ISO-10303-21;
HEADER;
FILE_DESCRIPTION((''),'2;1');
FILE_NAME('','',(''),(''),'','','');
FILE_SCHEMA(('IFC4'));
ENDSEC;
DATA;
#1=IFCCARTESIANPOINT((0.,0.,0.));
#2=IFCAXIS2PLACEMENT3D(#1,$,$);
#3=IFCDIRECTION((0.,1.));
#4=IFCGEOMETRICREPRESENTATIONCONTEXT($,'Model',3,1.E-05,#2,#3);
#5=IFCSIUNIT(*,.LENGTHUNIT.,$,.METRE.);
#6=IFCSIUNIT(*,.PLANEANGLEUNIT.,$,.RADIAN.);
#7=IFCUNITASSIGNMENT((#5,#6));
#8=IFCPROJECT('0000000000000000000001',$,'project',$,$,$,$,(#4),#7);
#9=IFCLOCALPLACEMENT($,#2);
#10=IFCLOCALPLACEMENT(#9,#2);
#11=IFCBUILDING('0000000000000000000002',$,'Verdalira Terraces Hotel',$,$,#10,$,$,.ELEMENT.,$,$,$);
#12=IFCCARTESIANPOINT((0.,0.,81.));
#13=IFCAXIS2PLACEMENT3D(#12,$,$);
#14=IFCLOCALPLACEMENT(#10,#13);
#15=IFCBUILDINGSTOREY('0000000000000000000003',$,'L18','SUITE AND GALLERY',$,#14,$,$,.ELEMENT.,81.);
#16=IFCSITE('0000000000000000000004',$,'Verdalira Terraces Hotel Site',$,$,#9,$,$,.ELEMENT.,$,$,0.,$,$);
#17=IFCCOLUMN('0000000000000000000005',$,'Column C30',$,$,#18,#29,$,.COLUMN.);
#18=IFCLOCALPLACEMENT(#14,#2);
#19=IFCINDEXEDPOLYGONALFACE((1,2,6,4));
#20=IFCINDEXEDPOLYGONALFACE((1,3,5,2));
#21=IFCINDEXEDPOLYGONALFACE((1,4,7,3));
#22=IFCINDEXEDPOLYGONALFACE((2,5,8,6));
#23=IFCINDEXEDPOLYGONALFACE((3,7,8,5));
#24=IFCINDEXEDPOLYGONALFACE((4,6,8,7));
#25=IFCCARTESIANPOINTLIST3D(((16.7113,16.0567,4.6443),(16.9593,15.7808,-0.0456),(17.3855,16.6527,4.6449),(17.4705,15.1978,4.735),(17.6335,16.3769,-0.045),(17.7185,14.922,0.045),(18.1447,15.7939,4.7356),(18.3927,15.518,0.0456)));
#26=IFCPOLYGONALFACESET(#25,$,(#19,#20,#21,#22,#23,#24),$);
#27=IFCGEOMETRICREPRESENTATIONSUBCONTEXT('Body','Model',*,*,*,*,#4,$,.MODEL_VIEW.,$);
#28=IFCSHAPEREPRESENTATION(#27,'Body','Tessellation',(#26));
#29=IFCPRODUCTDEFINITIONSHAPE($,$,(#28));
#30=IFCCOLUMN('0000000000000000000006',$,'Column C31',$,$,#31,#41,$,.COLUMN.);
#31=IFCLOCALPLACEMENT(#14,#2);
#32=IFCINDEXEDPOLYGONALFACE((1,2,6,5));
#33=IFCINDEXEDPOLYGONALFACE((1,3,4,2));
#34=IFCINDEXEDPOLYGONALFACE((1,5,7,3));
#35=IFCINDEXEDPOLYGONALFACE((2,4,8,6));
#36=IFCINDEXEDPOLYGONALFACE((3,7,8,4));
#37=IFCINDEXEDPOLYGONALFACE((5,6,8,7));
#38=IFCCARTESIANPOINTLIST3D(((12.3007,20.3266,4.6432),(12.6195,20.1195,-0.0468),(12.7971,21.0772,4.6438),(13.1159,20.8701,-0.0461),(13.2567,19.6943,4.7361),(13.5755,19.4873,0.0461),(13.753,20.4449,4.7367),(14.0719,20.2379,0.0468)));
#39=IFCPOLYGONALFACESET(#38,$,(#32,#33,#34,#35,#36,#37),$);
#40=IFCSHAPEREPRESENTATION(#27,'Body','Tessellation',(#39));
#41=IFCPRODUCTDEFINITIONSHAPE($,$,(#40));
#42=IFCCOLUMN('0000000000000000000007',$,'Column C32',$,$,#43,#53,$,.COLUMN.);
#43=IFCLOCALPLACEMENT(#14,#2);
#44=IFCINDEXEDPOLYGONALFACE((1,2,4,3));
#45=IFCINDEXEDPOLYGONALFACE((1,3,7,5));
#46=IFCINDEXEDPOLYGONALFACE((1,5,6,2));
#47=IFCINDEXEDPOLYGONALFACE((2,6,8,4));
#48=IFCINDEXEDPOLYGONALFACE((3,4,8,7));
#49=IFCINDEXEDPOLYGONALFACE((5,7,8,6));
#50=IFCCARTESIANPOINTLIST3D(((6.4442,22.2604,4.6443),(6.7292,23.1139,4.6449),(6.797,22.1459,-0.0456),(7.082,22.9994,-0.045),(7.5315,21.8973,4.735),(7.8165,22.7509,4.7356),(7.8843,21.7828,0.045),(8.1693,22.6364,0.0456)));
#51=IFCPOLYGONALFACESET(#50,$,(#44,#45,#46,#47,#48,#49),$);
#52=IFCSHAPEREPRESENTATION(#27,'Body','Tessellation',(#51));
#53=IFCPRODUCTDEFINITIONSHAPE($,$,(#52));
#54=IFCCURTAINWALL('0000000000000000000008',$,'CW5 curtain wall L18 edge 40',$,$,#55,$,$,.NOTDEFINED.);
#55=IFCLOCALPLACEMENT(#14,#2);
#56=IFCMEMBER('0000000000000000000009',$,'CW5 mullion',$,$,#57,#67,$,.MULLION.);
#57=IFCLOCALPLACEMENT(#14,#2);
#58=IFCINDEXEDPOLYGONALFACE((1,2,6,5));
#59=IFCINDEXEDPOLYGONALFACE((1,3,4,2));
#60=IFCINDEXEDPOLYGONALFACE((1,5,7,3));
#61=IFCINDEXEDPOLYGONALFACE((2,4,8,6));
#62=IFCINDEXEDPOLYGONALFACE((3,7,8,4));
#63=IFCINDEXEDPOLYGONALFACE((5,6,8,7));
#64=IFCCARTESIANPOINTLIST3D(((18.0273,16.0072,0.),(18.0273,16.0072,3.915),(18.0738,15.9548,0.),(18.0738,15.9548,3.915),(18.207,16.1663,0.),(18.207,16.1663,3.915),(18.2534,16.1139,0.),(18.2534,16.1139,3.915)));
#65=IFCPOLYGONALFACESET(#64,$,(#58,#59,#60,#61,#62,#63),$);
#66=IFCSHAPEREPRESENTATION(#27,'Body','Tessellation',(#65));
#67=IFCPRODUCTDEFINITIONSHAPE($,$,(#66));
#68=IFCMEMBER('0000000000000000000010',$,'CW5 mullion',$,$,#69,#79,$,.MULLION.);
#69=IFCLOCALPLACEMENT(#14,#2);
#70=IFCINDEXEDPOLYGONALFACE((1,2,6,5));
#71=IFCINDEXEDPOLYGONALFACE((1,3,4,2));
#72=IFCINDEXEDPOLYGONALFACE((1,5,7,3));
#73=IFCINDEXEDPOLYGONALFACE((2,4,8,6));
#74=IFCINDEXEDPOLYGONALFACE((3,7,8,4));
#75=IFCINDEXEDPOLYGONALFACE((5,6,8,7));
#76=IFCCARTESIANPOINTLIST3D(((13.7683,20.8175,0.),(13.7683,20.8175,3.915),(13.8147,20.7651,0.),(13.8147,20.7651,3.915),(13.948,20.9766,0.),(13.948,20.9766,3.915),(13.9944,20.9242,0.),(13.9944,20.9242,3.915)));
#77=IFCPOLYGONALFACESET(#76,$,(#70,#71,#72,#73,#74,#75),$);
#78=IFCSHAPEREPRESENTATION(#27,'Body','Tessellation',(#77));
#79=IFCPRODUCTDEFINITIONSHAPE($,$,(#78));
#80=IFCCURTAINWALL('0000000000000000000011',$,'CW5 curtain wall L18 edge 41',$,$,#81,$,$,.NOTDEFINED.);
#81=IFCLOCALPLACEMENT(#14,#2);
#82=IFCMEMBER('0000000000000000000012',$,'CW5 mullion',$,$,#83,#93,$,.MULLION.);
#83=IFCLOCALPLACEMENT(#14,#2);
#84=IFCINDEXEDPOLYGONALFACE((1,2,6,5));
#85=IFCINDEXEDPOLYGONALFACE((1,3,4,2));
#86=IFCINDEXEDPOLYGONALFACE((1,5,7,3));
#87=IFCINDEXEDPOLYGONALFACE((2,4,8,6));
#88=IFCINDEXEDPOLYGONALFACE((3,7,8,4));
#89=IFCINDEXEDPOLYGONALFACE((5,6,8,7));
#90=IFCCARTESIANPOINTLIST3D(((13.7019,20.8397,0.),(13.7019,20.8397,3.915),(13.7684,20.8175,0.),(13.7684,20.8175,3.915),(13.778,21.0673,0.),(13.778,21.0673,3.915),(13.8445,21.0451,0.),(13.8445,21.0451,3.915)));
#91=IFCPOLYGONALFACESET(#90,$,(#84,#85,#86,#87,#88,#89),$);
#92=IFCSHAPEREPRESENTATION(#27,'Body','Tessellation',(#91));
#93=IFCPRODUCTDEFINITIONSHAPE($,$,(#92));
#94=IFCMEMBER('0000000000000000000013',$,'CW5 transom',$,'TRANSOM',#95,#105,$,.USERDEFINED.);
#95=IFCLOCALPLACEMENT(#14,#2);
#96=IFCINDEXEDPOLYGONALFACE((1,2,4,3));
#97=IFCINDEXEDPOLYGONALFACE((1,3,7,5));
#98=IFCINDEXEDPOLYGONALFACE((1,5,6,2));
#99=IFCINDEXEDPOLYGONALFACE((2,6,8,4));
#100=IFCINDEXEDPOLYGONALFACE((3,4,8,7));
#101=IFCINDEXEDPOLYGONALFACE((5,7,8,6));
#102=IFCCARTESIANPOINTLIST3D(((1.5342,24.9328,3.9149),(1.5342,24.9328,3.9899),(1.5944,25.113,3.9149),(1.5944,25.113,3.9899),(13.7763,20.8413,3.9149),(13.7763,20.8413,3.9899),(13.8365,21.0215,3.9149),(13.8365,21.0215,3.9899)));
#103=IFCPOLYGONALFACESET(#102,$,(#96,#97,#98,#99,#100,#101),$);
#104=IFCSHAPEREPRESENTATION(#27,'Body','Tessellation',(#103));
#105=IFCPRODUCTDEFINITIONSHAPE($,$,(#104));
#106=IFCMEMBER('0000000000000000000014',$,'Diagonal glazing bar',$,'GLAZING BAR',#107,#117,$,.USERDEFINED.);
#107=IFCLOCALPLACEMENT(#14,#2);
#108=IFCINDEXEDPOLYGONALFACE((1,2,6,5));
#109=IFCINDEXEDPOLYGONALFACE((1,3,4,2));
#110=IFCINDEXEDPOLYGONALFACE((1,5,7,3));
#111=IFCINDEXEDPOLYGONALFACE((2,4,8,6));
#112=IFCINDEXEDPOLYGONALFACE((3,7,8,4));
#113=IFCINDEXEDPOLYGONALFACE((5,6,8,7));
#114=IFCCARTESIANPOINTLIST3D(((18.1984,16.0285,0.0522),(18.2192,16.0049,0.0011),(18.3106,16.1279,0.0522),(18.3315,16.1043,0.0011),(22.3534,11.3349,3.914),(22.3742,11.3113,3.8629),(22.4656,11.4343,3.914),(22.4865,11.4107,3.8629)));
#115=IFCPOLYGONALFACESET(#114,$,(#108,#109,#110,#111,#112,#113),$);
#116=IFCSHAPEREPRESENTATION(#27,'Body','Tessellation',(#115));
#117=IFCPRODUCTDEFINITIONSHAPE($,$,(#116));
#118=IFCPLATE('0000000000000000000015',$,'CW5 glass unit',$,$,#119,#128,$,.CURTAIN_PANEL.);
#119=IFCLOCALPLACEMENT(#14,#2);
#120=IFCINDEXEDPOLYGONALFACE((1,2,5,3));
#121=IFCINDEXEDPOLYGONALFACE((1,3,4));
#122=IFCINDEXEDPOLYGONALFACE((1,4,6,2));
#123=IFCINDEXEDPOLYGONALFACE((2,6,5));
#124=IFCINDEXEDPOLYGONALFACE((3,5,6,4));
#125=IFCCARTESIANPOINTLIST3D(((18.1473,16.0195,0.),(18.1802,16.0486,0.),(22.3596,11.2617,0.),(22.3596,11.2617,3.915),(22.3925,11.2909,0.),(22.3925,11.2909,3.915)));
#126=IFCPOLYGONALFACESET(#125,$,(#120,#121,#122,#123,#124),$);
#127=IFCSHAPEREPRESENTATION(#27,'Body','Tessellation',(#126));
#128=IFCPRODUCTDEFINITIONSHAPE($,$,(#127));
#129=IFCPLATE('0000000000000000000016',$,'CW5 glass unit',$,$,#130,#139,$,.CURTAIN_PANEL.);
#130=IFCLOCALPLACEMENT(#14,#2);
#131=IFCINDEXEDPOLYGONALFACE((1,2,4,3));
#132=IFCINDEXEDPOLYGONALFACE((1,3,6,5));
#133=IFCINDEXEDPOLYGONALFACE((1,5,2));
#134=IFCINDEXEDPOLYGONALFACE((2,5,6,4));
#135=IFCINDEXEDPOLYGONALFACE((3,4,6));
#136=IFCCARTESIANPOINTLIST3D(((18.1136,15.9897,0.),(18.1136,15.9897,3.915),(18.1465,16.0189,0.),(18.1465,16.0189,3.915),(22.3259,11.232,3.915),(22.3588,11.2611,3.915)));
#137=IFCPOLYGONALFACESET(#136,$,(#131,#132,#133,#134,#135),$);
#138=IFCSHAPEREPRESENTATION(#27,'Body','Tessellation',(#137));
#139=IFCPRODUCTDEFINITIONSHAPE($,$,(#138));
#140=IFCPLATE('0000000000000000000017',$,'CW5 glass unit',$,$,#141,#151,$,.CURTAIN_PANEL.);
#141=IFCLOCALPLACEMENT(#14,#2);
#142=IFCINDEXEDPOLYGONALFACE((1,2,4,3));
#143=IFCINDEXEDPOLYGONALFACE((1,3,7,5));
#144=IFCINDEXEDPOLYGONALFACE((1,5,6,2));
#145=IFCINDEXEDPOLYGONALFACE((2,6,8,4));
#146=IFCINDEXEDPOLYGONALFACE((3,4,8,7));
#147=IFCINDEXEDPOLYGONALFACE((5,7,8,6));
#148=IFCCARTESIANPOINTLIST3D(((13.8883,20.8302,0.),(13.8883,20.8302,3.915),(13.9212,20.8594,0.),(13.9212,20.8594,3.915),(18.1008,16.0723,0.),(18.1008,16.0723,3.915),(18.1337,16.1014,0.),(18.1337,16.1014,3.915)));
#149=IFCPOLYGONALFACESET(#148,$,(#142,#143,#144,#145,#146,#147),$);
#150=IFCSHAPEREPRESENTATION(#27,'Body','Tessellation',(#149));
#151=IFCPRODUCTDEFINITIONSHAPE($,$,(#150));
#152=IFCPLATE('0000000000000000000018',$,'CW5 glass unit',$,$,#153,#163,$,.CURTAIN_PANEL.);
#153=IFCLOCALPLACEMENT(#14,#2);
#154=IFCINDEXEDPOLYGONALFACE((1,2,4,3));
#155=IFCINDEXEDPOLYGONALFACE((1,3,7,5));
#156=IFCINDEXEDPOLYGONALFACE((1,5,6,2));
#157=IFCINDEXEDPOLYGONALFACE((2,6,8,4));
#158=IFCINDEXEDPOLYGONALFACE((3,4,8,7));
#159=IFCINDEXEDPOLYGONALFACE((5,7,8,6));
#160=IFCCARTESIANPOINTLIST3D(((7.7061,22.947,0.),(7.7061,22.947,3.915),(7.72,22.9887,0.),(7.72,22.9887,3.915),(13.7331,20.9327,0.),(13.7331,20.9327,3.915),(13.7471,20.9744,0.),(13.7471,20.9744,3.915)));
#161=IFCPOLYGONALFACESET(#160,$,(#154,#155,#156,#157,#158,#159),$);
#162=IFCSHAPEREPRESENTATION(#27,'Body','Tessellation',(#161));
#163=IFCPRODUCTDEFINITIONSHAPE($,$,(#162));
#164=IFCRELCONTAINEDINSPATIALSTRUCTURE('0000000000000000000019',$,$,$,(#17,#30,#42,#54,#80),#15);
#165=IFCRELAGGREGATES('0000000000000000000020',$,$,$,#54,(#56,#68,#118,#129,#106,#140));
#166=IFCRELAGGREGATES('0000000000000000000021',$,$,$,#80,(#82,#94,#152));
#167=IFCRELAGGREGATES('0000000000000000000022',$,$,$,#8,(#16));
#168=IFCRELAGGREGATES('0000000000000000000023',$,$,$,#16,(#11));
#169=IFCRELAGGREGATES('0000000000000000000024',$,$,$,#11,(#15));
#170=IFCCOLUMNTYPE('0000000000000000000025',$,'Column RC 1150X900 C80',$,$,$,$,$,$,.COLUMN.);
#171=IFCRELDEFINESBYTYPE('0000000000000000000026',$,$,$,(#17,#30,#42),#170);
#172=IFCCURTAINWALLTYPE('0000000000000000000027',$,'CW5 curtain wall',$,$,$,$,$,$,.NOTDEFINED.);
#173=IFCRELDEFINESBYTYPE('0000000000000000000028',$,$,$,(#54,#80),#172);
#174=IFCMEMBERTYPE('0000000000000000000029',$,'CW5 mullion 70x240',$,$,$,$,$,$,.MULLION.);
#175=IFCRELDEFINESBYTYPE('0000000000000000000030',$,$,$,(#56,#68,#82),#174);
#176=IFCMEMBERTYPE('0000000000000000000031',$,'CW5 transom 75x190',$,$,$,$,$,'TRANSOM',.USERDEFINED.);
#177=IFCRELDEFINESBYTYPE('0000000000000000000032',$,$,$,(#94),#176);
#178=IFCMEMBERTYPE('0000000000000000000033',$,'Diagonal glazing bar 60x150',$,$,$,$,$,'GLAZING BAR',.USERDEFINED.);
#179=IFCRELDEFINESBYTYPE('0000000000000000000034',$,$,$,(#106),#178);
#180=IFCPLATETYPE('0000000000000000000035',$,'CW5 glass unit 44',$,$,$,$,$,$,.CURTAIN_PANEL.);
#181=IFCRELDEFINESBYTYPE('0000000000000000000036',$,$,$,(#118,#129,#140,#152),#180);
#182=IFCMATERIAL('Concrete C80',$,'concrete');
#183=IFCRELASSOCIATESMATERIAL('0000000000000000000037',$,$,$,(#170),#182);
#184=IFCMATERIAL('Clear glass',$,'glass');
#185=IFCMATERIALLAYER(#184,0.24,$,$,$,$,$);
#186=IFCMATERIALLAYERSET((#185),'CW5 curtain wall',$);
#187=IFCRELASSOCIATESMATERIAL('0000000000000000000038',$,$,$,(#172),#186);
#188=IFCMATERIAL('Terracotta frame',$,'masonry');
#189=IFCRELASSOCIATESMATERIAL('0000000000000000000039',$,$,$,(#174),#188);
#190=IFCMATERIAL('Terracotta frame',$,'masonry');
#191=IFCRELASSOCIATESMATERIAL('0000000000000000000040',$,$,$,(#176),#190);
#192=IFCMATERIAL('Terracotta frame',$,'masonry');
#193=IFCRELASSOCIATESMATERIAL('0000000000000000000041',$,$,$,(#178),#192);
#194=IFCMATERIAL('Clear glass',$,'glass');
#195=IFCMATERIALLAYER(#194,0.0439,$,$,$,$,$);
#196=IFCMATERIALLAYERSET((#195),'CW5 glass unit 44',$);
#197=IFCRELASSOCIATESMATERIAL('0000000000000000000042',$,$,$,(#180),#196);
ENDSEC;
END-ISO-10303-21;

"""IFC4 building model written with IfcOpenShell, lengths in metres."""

from ifc_helpers import new_model, si_unit, direction, frame, origin, origin_2d, place, context, subcontext, project, spatial, polyline, rectangle, outline, extrude, material, layer, layer_set, material_profile, profile_set, type_object, element, aggregate, save


model = new_model("IFC4")

# Units and contexts
model_context = context("Model", 3, precision=1e-05, world=origin(), true_north=direction((0.0, 1.0)))
body_context = subcontext(model_context, "Body", "Model", "MODEL_VIEW")
ifc_project = project(units=[si_unit("LENGTHUNIT", "METRE"), si_unit("PLANEANGLEUNIT", "RADIAN")], contexts=[model_context])

# Site, building, storey
site_placement = place(None, origin())
site = spatial("IfcSite", under=ifc_project, at=site_placement, Name="Verdalira Terraces Hotel Site", CompositionType="ELEMENT", RefElevation=0.0)
building_placement = place(site_placement, origin())
building = spatial("IfcBuilding", under=site, at=building_placement, Name="Verdalira Terraces Hotel", CompositionType="ELEMENT")
storey_placement = place(building_placement, frame((0.0, 0.0, 81.0)))
storey = spatial("IfcBuildingStorey", under=building, at=storey_placement, Name="L18", Description="SUITE AND GALLERY", CompositionType="ELEMENT", Elevation=81.0)

# Columns
ifc_material_1 = material(Name="Concrete C80", Category="concrete")
ifc_material_profile_1 = material_profile(ifc_material_1, rectangle(XDim=1.1499, YDim=0.8999, at=origin_2d()), Name="RC 1150X900")
ifc_profile_set_1 = profile_set([ifc_material_profile_1], Name="Concrete C80")
column_type = type_object("IfcColumnType", Name="Column RC 1150X900 C80", PredefinedType="COLUMN", material=ifc_profile_set_1)
column_1_placement = place(storey_placement, frame((17.676, 15.6494, 0.0), z_axis=(-0.052724, 0.05864, 0.996886), x_axis=(-0.660246, 0.746898, -0.078855)))
element("IfcColumn", 1, at=column_1_placement, inside=storey, type_object=column_type, Name="Column C30", PredefinedType="COLUMN", context=body_context, shape_type="SweptSolid", body=[
    extrude(rectangle(XDim=1.1499, YDim=0.8999, at=origin_2d()), origin(), (0.0, 0.0, 1.0), 4.7046),
])
column_2_placement = place(storey_placement, frame((13.3457, 20.1787, 0.0), z_axis=(-0.067763, 0.043999, 0.996731), x_axis=(0.831359, -0.549832, 0.080792)))
element("IfcColumn", 2, at=column_2_placement, inside=storey, type_object=column_type, Name="Column C31", PredefinedType="COLUMN", context=body_context, shape_type="SweptSolid", body=[
    extrude(rectangle(XDim=1.1499, YDim=0.8999, at=origin_2d()), origin(), (0.0, 0.0, 1.0), 4.7053),
])
column_3_placement = place(storey_placement, frame((7.4832, 22.3911, 0.0), z_axis=(-0.074987, 0.024338, 0.996887), x_axis=(-0.945567, 0.315735, -0.078835)))
element("IfcColumn", 3, at=column_3_placement, inside=storey, type_object=column_type, Name="Column C32", PredefinedType="COLUMN", context=body_context, shape_type="SweptSolid", body=[
    extrude(rectangle(XDim=1.1499, YDim=0.8999, at=origin_2d()), origin(), (0.0, 0.0, 1.0), 4.7046),
])

# Curtain walls, members
ifc_material_2 = material(Name="Clear glass", Category="glass")
ifc_layer_1 = layer(ifc_material_2, 0.24)
ifc_layer_set_1 = layer_set([ifc_layer_1], Name="CW5 curtain wall")
curtain_wall_type = type_object("IfcCurtainWallType", Name="CW5 curtain wall", PredefinedType="NOTDEFINED", material=ifc_layer_set_1)
curtain_wall_1_placement = place(storey_placement, origin())
curtain_wall_1 = element("IfcCurtainWall", 4, at=curtain_wall_1_placement, inside=storey, type_object=curtain_wall_type, Name="CW5 curtain wall L18 edge 40", PredefinedType="NOTDEFINED")
ifc_material_3 = material(Name="Terracotta frame", Category="masonry")
ifc_material_profile_2 = material_profile(ifc_material_3, rectangle(XDim=0.0701, YDim=0.24, at=origin_2d()), Name="MU 70x240")
ifc_profile_set_2 = profile_set([ifc_material_profile_2], Name="Terracotta frame")
member_type_1 = type_object("IfcMemberType", Name="CW5 mullion 70x240", PredefinedType="MULLION", material=ifc_profile_set_2)
member_1_placement = place(storey_placement, frame((18.1404, 16.0605, 0.0), z_axis=(0.0, 0.0, 1.0), x_axis=(-0.662881, 0.748724, 0.0)))
member_1 = element("IfcMember", 5, at=member_1_placement, type_object=member_type_1, Name="CW5 mullion", PredefinedType="MULLION", context=body_context, shape_type="SweptSolid", body=[
    extrude(rectangle(XDim=0.0701, YDim=0.24, at=origin_2d()), origin(), (0.0, 0.0, 1.0), 3.915),
])
member_2_placement = place(storey_placement, frame((13.8813, 20.8709, 0.0), z_axis=(0.0, 0.0, 1.0), x_axis=(-0.662881, 0.748724, 0.0)))
member_2 = element("IfcMember", 6, at=member_2_placement, type_object=member_type_1, Name="CW5 mullion", PredefinedType="MULLION", context=body_context, shape_type="SweptSolid", body=[
    extrude(rectangle(XDim=0.0701, YDim=0.24, at=origin_2d()), origin(), (0.0, 0.0, 1.0), 3.915),
])
curtain_wall_2_placement = place(storey_placement, origin())
curtain_wall_2 = element("IfcCurtainWall", 7, at=curtain_wall_2_placement, inside=storey, type_object=curtain_wall_type, Name="CW5 curtain wall L18 edge 41", PredefinedType="NOTDEFINED")
member_3_placement = place(storey_placement, frame((13.7732, 20.9424, 0.0), z_axis=(0.0, 0.0, 1.0), x_axis=(-0.948434, 0.316974, 0.0)))
member_3 = element("IfcMember", 8, at=member_3_placement, type_object=member_type_1, Name="CW5 mullion", PredefinedType="MULLION", context=body_context, shape_type="SweptSolid", body=[
    extrude(rectangle(XDim=0.0701, YDim=0.24, at=origin_2d()), origin(), (0.0, 0.0, 1.0), 3.915),
])
ifc_material_4 = material(Name="Terracotta frame", Category="masonry")
ifc_material_profile_3 = material_profile(ifc_material_4, rectangle(XDim=0.1899, YDim=0.075, at=origin_2d()), Name="TR 75x190")
ifc_profile_set_3 = profile_set([ifc_material_profile_3], Name="Terracotta frame")
member_type_2 = type_object("IfcMemberType", Name="CW5 transom 75x190", ElementType="TRANSOM", PredefinedType="USERDEFINED", material=ifc_profile_set_3)
member_4_placement = place(storey_placement, frame((13.8064, 20.9314, 3.9524), z_axis=(-0.948431, 0.316982, 0.0), x_axis=(-0.316982, -0.948431, 0.0)))
member_4 = element("IfcMember", 9, at=member_4_placement, type_object=member_type_2, Name="CW5 transom", ObjectType="TRANSOM", PredefinedType="USERDEFINED", context=body_context, shape_type="SweptSolid", body=[
    extrude(rectangle(XDim=0.1899, YDim=0.075, at=origin_2d()), origin(), (0.0, 0.0, 1.0), 12.9077),
])

# Member
ifc_material_5 = material(Name="Terracotta frame", Category="masonry")
ifc_material_profile_4 = material_profile(ifc_material_5, rectangle(XDim=0.1499, YDim=0.0601, at=origin_2d()), Name="GB 60x150")
ifc_profile_set_4 = profile_set([ifc_material_profile_4], Name="Terracotta frame")
member_type_3 = type_object("IfcMemberType", Name="Diagonal glazing bar 60x150", ElementType="GLAZING BAR", PredefinedType="USERDEFINED", material=ifc_profile_set_4)
member_5_placement = place(storey_placement, frame((22.4199, 11.3728, 3.8884), z_axis=(-0.564343, 0.637493, -0.524518), x_axis=(-0.748759, -0.662842, 0.0)))
member_5 = element("IfcMember", 10, at=member_5_placement, type_object=member_type_3, Name="Diagonal glazing bar", ObjectType="GLAZING BAR", PredefinedType="USERDEFINED", context=body_context, shape_type="SweptSolid", body=[
    extrude(rectangle(XDim=0.1499, YDim=0.0601, at=origin_2d()), origin(), (0.0, 0.0, 1.0), 7.3625),
])

# Plates
ifc_material_6 = material(Name="Clear glass", Category="glass")
ifc_layer_2 = layer(ifc_material_6, 0.0439)
ifc_layer_set_2 = layer_set([ifc_layer_2], Name="CW5 glass unit 44")
plate_type = type_object("IfcPlateType", Name="CW5 glass unit 44", PredefinedType="CURTAIN_PANEL", material=ifc_layer_set_2)
plate_1_placement = place(storey_placement, frame((20.2534, 13.6406, 1.9575), z_axis=(0.748724, 0.662881, 0.0), x_axis=(-0.662881, 0.748724, 0.0)))
plate_1 = element("IfcPlate", 11, at=plate_1_placement, type_object=plate_type, Name="CW5 glass unit", PredefinedType="CURTAIN_PANEL", context=body_context, shape_type="SweptSolid", body=[
    extrude(outline(polyline([(-3.1772, -1.9575), (3.1772, -1.9575), (-3.1772, 1.9575), (-3.1772, -1.9575)])), origin(), (0.0, 0.0, 1.0), 0.0439),
])
plate_2_placement = place(storey_placement, frame((20.2197, 13.6108, 1.9575), z_axis=(0.748724, 0.662881, 0.0), x_axis=(-0.662881, 0.748724, 0.0)))
plate_2 = element("IfcPlate", 12, at=plate_2_placement, type_object=plate_type, Name="CW5 glass unit", PredefinedType="CURTAIN_PANEL", context=body_context, shape_type="SweptSolid", body=[
    extrude(outline(polyline([(3.1772, -1.9575), (3.1772, 1.9575), (-3.1772, 1.9575), (3.1772, -1.9575)])), origin(), (0.0, 0.0, 1.0), 0.0439),
])
plate_3_placement = place(storey_placement, frame((16.011, 18.4658, 0.0), z_axis=(0.0, 0.0, 1.0), x_axis=(-0.662881, 0.748724, 0.0)))
plate_3 = element("IfcPlate", 13, at=plate_3_placement, type_object=plate_type, Name="CW5 glass unit", PredefinedType="CURTAIN_PANEL", context=body_context, shape_type="SweptSolid", body=[
    extrude(rectangle(XDim=6.3547, YDim=0.0439, at=origin_2d()), origin(), (0.0, 0.0, 1.0), 3.915),
])
aggregate(curtain_wall_1, [member_1, member_2, plate_1, plate_2, member_5, plate_3])
plate_4_placement = place(storey_placement, frame((10.7266, 21.9607, 0.0), z_axis=(0.0, 0.0, 1.0), x_axis=(-0.948434, 0.316974, 0.0)))
plate_4 = element("IfcPlate", 14, at=plate_4_placement, type_object=plate_type, Name="CW5 glass unit", PredefinedType="CURTAIN_PANEL", context=body_context, shape_type="SweptSolid", body=[
    extrude(rectangle(XDim=6.3547, YDim=0.0439, at=origin_2d()), origin(), (0.0, 0.0, 1.0), 3.915),
])
aggregate(curtain_wall_2, [member_3, member_4, plate_4])

save(model, "model.ifc")
